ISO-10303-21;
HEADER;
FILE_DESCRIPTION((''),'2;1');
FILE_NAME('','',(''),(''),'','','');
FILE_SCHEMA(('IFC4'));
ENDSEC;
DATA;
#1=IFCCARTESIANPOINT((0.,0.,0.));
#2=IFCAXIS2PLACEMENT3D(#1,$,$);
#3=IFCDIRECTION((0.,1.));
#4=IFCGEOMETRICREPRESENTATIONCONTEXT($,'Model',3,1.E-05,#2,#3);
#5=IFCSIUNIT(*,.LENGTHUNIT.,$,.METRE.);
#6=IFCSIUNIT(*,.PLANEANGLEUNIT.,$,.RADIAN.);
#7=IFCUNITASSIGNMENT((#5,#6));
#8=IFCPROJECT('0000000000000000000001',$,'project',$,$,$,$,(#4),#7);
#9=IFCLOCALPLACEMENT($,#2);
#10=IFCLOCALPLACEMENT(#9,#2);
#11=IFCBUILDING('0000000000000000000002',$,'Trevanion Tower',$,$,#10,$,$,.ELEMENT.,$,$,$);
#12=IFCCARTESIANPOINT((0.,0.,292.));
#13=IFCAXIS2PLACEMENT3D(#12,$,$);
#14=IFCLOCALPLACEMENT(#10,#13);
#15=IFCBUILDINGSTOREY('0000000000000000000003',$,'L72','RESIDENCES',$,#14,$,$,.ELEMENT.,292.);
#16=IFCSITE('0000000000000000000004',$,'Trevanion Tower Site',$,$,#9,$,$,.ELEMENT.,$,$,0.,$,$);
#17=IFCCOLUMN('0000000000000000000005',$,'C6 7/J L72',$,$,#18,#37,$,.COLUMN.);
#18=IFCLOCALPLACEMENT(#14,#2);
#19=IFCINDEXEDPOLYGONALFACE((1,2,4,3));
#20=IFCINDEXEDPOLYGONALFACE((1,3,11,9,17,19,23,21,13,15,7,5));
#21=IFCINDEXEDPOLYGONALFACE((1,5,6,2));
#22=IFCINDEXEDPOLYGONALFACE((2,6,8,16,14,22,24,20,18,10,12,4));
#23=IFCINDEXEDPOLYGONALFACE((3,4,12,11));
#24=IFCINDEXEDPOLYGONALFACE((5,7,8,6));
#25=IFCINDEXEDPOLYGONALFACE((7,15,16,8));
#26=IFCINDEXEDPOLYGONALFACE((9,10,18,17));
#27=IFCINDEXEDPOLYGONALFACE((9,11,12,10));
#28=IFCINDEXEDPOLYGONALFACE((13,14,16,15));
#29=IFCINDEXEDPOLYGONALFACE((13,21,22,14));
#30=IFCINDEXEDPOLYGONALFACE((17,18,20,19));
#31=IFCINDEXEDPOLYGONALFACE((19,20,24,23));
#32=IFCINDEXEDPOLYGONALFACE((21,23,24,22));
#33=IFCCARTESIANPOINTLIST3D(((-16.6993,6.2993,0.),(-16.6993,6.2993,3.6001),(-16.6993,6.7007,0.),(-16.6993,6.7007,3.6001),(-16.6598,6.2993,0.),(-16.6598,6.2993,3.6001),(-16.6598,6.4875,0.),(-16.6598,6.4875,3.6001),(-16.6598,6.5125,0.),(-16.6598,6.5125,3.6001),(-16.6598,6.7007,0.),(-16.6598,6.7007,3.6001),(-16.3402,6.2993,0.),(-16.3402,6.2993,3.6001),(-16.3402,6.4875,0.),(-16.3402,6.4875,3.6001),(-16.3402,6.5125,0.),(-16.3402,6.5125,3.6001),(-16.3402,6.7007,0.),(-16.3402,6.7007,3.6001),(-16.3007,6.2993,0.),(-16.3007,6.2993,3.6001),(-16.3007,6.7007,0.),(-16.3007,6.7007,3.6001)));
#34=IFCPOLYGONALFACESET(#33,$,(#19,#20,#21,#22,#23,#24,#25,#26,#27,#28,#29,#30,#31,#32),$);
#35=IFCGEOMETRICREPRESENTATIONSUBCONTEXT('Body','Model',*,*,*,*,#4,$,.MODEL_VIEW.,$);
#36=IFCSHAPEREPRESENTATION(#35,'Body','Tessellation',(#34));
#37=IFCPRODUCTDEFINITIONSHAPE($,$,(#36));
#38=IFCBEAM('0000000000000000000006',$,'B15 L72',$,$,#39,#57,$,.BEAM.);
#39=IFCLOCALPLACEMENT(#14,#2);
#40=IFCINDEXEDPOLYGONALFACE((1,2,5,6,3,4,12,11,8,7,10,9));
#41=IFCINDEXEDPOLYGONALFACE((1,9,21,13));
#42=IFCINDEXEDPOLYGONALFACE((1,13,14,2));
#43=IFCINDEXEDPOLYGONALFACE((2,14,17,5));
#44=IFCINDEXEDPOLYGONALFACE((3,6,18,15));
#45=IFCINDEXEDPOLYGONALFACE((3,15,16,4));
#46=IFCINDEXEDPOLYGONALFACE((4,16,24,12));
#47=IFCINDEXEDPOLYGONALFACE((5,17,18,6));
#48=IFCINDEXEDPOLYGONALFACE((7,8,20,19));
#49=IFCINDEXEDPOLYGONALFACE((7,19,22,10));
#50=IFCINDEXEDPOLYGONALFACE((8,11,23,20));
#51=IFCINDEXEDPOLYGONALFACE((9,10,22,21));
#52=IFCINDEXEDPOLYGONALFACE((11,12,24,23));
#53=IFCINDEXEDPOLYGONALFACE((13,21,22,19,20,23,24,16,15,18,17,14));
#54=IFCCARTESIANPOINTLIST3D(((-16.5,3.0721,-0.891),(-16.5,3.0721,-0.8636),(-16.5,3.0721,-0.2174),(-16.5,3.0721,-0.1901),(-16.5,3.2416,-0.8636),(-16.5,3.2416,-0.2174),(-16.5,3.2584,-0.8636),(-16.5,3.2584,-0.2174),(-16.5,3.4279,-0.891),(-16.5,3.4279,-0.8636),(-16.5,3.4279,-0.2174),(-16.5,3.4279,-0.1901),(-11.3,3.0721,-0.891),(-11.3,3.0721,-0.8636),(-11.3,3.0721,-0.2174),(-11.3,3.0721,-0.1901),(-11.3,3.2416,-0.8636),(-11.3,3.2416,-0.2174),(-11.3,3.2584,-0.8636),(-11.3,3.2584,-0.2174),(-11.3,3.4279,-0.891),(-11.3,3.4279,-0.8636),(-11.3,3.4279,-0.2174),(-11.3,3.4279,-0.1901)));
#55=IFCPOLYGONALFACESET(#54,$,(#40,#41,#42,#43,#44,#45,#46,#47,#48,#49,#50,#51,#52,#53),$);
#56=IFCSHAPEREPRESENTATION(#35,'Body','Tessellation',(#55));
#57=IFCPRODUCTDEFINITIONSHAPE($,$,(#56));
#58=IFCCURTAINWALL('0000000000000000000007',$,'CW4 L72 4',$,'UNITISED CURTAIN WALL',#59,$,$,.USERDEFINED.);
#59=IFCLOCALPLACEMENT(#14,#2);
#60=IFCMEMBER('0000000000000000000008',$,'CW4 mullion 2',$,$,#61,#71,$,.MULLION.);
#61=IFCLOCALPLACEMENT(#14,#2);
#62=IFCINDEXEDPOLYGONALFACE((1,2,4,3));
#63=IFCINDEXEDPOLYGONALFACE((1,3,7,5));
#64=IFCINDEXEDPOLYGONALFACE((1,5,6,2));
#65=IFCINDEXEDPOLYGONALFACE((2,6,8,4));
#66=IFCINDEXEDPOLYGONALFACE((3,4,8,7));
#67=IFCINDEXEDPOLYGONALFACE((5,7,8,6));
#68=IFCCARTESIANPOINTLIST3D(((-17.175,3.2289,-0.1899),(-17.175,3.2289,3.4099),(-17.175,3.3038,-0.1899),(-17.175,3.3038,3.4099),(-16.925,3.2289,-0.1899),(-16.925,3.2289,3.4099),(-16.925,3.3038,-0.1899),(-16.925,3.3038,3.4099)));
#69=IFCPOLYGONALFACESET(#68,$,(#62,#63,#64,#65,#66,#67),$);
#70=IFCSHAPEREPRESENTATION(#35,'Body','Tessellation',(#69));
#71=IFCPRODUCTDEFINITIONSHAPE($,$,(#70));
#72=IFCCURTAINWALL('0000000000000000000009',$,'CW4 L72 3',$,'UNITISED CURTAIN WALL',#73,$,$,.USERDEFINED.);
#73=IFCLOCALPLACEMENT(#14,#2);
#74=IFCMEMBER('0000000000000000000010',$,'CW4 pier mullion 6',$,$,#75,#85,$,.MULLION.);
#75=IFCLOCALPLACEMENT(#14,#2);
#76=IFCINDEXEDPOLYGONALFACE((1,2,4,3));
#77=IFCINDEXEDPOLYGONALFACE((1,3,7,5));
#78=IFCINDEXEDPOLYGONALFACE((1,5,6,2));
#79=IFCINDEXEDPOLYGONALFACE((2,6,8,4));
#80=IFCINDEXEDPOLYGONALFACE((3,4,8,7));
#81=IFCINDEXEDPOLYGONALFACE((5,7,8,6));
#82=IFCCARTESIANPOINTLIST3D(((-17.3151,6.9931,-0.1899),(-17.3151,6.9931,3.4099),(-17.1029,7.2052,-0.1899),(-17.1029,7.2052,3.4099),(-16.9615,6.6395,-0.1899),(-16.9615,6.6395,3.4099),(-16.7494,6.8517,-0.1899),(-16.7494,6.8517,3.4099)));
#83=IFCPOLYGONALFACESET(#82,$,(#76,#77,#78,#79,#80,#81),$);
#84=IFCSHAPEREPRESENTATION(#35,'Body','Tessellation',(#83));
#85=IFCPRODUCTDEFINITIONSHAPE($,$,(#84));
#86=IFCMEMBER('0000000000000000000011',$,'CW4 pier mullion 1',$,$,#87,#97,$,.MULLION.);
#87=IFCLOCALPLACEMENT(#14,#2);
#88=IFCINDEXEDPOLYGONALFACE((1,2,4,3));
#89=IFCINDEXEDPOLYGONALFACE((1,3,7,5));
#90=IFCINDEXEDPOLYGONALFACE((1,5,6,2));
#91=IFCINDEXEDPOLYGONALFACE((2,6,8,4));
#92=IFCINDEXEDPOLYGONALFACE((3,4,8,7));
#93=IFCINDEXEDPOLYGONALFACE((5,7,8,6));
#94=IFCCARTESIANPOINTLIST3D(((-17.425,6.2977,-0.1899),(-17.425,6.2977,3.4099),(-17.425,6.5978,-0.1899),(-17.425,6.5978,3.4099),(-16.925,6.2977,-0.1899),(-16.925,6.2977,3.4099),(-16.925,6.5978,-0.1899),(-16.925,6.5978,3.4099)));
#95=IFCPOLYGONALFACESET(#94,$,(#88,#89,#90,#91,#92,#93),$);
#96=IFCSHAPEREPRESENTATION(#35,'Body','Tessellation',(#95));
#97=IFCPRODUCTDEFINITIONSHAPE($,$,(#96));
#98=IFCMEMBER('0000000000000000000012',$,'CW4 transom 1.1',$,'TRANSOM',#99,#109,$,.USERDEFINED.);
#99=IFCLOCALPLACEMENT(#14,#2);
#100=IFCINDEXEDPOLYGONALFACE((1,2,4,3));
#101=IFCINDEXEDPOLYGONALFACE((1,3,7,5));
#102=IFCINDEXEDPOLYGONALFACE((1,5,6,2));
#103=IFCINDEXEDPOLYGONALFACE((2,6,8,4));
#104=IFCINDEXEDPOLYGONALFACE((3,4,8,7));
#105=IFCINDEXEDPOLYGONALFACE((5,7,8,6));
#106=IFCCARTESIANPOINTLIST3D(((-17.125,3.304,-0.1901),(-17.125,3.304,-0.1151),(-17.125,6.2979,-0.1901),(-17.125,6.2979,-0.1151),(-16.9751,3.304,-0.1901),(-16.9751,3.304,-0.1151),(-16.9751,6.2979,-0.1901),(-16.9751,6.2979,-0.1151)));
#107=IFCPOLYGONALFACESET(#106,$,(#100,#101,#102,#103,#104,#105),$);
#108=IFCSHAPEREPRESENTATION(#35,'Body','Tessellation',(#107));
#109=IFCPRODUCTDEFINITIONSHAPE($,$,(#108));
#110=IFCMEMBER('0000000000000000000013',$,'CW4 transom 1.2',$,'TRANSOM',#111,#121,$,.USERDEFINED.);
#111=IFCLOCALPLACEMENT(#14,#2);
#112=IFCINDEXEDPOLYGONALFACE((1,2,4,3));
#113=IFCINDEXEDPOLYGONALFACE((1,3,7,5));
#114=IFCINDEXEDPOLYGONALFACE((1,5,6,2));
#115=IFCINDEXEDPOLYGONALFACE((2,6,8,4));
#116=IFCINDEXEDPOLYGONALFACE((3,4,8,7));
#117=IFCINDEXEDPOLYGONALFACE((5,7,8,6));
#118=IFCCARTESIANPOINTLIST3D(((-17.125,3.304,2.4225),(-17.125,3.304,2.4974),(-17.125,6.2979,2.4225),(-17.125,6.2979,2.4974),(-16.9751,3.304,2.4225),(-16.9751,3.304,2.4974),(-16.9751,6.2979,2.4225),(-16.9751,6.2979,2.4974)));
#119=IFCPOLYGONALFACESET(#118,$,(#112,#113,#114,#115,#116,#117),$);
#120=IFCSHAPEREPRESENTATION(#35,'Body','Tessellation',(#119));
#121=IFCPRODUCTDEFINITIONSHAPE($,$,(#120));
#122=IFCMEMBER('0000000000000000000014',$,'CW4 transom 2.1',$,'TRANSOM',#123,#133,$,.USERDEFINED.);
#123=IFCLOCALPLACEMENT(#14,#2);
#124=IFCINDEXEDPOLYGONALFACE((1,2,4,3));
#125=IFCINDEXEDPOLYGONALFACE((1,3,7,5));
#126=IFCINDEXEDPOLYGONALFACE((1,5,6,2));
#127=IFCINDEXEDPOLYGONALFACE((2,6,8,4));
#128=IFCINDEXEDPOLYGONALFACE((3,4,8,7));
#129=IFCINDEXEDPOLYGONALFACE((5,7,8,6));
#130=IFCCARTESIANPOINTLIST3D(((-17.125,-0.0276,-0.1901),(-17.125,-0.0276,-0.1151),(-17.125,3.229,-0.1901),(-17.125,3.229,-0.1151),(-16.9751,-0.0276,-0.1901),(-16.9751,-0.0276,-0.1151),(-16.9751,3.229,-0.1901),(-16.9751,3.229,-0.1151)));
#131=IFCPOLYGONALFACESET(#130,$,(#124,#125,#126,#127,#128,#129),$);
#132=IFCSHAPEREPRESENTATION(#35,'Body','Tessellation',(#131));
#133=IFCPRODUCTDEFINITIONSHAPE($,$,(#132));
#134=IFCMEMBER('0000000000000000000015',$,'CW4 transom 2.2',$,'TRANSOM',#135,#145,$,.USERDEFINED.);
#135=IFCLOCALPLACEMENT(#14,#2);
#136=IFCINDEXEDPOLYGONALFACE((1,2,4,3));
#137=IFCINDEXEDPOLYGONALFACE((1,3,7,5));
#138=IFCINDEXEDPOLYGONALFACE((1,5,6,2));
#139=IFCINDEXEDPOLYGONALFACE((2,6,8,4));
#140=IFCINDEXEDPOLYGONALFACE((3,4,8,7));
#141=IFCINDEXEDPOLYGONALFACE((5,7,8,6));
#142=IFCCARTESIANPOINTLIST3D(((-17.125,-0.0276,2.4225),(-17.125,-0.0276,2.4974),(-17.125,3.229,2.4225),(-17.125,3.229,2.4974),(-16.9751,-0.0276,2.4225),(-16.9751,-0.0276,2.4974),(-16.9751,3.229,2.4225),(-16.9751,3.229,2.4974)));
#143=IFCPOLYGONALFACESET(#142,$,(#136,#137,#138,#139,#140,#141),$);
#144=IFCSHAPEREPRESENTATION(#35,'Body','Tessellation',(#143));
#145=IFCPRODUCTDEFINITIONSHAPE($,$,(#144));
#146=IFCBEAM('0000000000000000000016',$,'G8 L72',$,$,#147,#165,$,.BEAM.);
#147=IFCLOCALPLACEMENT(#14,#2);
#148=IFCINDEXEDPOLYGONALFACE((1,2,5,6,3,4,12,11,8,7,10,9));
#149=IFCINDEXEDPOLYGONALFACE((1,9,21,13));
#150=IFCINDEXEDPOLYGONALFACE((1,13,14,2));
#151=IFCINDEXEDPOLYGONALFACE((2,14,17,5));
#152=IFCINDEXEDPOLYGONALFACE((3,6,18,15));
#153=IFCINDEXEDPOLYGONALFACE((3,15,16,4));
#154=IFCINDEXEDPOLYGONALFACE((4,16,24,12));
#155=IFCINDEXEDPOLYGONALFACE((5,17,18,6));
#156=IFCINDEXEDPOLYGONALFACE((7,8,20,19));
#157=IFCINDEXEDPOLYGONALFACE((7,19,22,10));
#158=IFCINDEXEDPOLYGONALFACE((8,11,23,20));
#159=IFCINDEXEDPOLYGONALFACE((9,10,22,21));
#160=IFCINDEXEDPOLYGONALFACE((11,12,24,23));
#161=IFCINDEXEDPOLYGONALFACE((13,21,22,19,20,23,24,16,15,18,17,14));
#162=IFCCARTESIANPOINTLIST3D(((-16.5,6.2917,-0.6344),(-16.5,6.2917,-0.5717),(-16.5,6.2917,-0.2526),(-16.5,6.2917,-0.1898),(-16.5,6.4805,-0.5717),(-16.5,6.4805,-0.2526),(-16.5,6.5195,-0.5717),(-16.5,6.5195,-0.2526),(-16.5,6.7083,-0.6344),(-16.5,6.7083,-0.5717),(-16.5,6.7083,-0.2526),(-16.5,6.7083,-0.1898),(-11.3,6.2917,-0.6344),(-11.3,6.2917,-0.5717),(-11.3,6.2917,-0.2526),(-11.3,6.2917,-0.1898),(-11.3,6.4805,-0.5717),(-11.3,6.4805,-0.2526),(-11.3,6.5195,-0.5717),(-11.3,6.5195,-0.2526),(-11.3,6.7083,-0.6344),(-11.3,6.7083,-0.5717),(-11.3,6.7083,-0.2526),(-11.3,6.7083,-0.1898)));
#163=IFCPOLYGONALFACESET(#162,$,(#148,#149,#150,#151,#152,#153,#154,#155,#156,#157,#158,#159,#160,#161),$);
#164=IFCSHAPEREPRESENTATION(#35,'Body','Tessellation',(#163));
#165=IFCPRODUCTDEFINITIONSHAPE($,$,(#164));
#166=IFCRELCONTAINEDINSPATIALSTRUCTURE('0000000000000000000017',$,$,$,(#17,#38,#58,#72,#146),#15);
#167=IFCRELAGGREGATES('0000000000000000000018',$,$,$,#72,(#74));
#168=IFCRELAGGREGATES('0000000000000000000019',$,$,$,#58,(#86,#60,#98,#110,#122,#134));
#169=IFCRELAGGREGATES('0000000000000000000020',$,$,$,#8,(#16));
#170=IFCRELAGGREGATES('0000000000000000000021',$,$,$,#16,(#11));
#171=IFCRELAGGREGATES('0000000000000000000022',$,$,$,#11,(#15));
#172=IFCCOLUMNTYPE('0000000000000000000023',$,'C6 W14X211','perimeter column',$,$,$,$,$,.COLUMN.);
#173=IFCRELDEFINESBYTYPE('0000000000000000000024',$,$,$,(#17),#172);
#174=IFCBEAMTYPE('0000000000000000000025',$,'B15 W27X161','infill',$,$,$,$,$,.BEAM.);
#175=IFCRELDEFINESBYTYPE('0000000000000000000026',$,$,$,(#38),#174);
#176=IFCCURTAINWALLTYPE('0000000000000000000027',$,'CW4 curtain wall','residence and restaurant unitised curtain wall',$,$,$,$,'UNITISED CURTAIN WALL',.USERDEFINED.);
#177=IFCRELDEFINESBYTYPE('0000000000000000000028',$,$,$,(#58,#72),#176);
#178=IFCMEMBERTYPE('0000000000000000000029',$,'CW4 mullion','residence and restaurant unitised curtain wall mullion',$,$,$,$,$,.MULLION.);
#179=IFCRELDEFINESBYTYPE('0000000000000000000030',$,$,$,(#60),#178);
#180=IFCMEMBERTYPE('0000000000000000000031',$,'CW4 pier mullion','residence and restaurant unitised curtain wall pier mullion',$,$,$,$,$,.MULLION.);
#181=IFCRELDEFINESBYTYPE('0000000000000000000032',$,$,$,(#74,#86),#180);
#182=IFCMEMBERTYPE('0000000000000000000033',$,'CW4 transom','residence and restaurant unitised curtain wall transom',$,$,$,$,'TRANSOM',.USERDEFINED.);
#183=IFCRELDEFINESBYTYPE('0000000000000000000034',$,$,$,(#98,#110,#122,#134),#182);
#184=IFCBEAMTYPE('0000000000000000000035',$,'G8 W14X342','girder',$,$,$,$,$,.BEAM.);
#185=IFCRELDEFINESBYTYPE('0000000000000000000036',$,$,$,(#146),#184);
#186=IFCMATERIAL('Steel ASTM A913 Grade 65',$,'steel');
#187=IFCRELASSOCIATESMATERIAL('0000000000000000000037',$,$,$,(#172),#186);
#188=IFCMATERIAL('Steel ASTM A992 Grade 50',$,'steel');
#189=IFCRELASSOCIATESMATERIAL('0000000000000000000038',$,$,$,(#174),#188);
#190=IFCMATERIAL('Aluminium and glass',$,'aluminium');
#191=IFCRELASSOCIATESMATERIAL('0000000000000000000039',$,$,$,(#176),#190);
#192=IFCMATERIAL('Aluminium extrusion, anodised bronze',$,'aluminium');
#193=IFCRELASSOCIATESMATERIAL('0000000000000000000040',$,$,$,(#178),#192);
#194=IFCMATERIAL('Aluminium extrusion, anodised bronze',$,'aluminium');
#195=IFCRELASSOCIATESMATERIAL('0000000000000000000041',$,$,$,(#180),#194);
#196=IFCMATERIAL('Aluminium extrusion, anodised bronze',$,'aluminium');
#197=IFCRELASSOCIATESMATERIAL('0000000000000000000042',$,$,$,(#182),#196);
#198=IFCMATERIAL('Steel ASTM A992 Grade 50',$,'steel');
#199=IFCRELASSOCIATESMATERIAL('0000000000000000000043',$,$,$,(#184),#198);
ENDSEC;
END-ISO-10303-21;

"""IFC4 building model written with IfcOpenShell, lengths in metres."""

from ifc_helpers import new_model, si_unit, direction, frame, origin, origin_2d, place, context, subcontext, project, spatial, rectangle, i_section, extrude, material, material_profile, profile_set, type_object, element, aggregate, save


model = new_model("IFC4")

# Units and contexts
model_context = context("Model", 3, precision=1e-05, world=origin(), true_north=direction((0.0, 1.0)))
body_context = subcontext(model_context, "Body", "Model", "MODEL_VIEW")
ifc_project = project(units=[si_unit("LENGTHUNIT", "METRE"), si_unit("PLANEANGLEUNIT", "RADIAN")], contexts=[model_context])

# Site, building, storey
site_placement = place(None, origin())
site = spatial("IfcSite", under=ifc_project, at=site_placement, Name="Trevanion Tower Site", CompositionType="ELEMENT", RefElevation=0.0)
building_placement = place(site_placement, origin())
building = spatial("IfcBuilding", under=site, at=building_placement, Name="Trevanion Tower", CompositionType="ELEMENT")
storey_placement = place(building_placement, frame((0.0, 0.0, 292.0)))
storey = spatial("IfcBuildingStorey", under=building, at=storey_placement, Name="L72", Description="RESIDENCES", CompositionType="ELEMENT", Elevation=292.0)

# Column
ifc_material_1 = material(Name="Steel ASTM A913 Grade 65", Category="steel")
ifc_material_profile_1 = material_profile(ifc_material_1, i_section(OverallWidth=0.4014, OverallDepth=0.3987, WebThickness=0.0249, FlangeThickness=0.0396, at=origin_2d()), Name="W14X211")
ifc_profile_set_1 = profile_set([ifc_material_profile_1], Name="Steel ASTM A913 Grade 65")
column_type = type_object("IfcColumnType", Name="C6 W14X211", Description="perimeter column", PredefinedType="COLUMN", material=ifc_profile_set_1)
column_placement = place(storey_placement, frame((-16.5, 6.5, 0.0), z_axis=(0.0, 0.0, 1.0), x_axis=(0.0, 1.0, 0.0)))
element("IfcColumn", 1, at=column_placement, inside=storey, type_object=column_type, Name="C6 7/J L72", PredefinedType="COLUMN", context=body_context, shape_type="SweptSolid", body=[
    extrude(i_section(OverallWidth=0.4014, OverallDepth=0.3987, WebThickness=0.0249, FlangeThickness=0.0396, at=origin_2d()), origin(), (0.0, 0.0, 1.0), 3.6001),
])

# Beam
ifc_material_2 = material(Name="Steel ASTM A992 Grade 50", Category="steel")
ifc_material_profile_2 = material_profile(ifc_material_2, i_section(OverallWidth=0.3557, OverallDepth=0.7009, WebThickness=0.0168, FlangeThickness=0.0273, at=origin_2d()), Name="W27X161")
ifc_profile_set_2 = profile_set([ifc_material_profile_2], Name="Steel ASTM A992 Grade 50")
beam_type_1 = type_object("IfcBeamType", Name="B15 W27X161", Description="infill", PredefinedType="BEAM", material=ifc_profile_set_2)
beam_1_placement = place(storey_placement, frame((-11.3, 3.25, -0.5405), z_axis=(-1.0, 0.0, 0.0), x_axis=(0.0, -1.0, 0.0)))
element("IfcBeam", 2, at=beam_1_placement, inside=storey, type_object=beam_type_1, Name="B15 L72", PredefinedType="BEAM", context=body_context, shape_type="SweptSolid", body=[
    extrude(i_section(OverallWidth=0.3557, OverallDepth=0.7009, WebThickness=0.0168, FlangeThickness=0.0273, at=origin_2d()), origin(), (0.0, 0.0, 1.0), 5.2),
])

# Curtain walls, members
ifc_material_3 = material(Name="Aluminium and glass", Category="aluminium")
curtain_wall_type = type_object("IfcCurtainWallType", Name="CW4 curtain wall", Description="residence and restaurant unitised curtain wall", ElementType="UNITISED CURTAIN WALL", PredefinedType="USERDEFINED", material=ifc_material_3)
curtain_wall_1_placement = place(storey_placement, origin())
curtain_wall_1 = element("IfcCurtainWall", 3, at=curtain_wall_1_placement, inside=storey, type_object=curtain_wall_type, Name="CW4 L72 4", ObjectType="UNITISED CURTAIN WALL", PredefinedType="USERDEFINED")
ifc_material_4 = material(Name="Aluminium extrusion, anodised bronze", Category="aluminium")
ifc_material_profile_3 = material_profile(ifc_material_4, rectangle(XDim=0.075, YDim=0.25, at=origin_2d()), Name="CW4 mullion")
ifc_profile_set_3 = profile_set([ifc_material_profile_3], Name="Aluminium extrusion, anodised bronze")
member_type_1 = type_object("IfcMemberType", Name="CW4 mullion", Description="residence and restaurant unitised curtain wall mullion", PredefinedType="MULLION", material=ifc_profile_set_3)
member_1_placement = place(storey_placement, frame((-17.05, 3.2664, -0.1899), z_axis=(0.0, 0.0, 1.0), x_axis=(0.0, -1.0, 0.0)))
member_1 = element("IfcMember", 4, at=member_1_placement, type_object=member_type_1, Name="CW4 mullion 2", PredefinedType="MULLION", context=body_context, shape_type="SweptSolid", body=[
    extrude(rectangle(XDim=0.075, YDim=0.25, at=origin_2d()), origin(), (0.0, 0.0, 1.0), 3.5999),
])
curtain_wall_2_placement = place(storey_placement, origin())
curtain_wall_2 = element("IfcCurtainWall", 5, at=curtain_wall_2_placement, inside=storey, type_object=curtain_wall_type, Name="CW4 L72 3", ObjectType="UNITISED CURTAIN WALL", PredefinedType="USERDEFINED")
ifc_material_5 = material(Name="Aluminium extrusion, anodised bronze", Category="aluminium")
ifc_material_profile_4 = material_profile(ifc_material_5, rectangle(XDim=0.3, YDim=0.5, at=origin_2d()), Name="CW4 pier mullion")
ifc_profile_set_4 = profile_set([ifc_material_profile_4], Name="Aluminium extrusion, anodised bronze")
member_type_2 = type_object("IfcMemberType", Name="CW4 pier mullion", Description="residence and restaurant unitised curtain wall pier mullion", PredefinedType="MULLION", material=ifc_profile_set_4)
member_2_placement = place(storey_placement, frame((-17.0322, 6.9224, -0.1899), z_axis=(0.0, 0.0, 1.0), x_axis=(-0.707107, -0.707107, 0.0)))
member_2 = element("IfcMember", 6, at=member_2_placement, type_object=member_type_2, Name="CW4 pier mullion 6", PredefinedType="MULLION", context=body_context, shape_type="SweptSolid", body=[
    extrude(rectangle(XDim=0.3, YDim=0.5, at=origin_2d()), origin(), (0.0, 0.0, 1.0), 3.5999),
])

# Members
member_3_placement = place(storey_placement, frame((-17.175, 6.4478, -0.1899), z_axis=(0.0, 0.0, 1.0), x_axis=(0.0, -1.0, 0.0)))
member_3 = element("IfcMember", 7, at=member_3_placement, type_object=member_type_2, Name="CW4 pier mullion 1", PredefinedType="MULLION", context=body_context, shape_type="SweptSolid", body=[
    extrude(rectangle(XDim=0.3, YDim=0.5, at=origin_2d()), origin(), (0.0, 0.0, 1.0), 3.5999),
])
ifc_material_6 = material(Name="Aluminium extrusion, anodised bronze", Category="aluminium")
ifc_material_profile_5 = material_profile(ifc_material_6, rectangle(XDim=0.1499, YDim=0.075, at=origin_2d()), Name="CW4 transom")
ifc_profile_set_5 = profile_set([ifc_material_profile_5], Name="Aluminium extrusion, anodised bronze")
member_type_3 = type_object("IfcMemberType", Name="CW4 transom", Description="residence and restaurant unitised curtain wall transom", ElementType="TRANSOM", PredefinedType="USERDEFINED", material=ifc_profile_set_5)
member_4_placement = place(storey_placement, frame((-17.05, 6.2979, -0.1526), z_axis=(0.0, -1.0, 0.0), x_axis=(1.0, 0.0, 0.0)))
member_4 = element("IfcMember", 8, at=member_4_placement, type_object=member_type_3, Name="CW4 transom 1.1", ObjectType="TRANSOM", PredefinedType="USERDEFINED", context=body_context, shape_type="SweptSolid", body=[
    extrude(rectangle(XDim=0.1499, YDim=0.075, at=origin_2d()), origin(), (0.0, 0.0, 1.0), 2.9939),
])
member_5_placement = place(storey_placement, frame((-17.05, 6.2979, 2.46), z_axis=(0.0, -1.0, 0.0), x_axis=(1.0, 0.0, 0.0)))
member_5 = element("IfcMember", 9, at=member_5_placement, type_object=member_type_3, Name="CW4 transom 1.2", ObjectType="TRANSOM", PredefinedType="USERDEFINED", context=body_context, shape_type="SweptSolid", body=[
    extrude(rectangle(XDim=0.1499, YDim=0.075, at=origin_2d()), origin(), (0.0, 0.0, 1.0), 2.9939),
])
member_6_placement = place(storey_placement, frame((-17.05, 3.229, -0.1526), z_axis=(0.0, -1.0, 0.0), x_axis=(1.0, 0.0, 0.0)))
member_6 = element("IfcMember", 10, at=member_6_placement, type_object=member_type_3, Name="CW4 transom 2.1", ObjectType="TRANSOM", PredefinedType="USERDEFINED", context=body_context, shape_type="SweptSolid", body=[
    extrude(rectangle(XDim=0.1499, YDim=0.075, at=origin_2d()), origin(), (0.0, 0.0, 1.0), 3.2566),
])
member_7_placement = place(storey_placement, frame((-17.05, 3.229, 2.46), z_axis=(0.0, -1.0, 0.0), x_axis=(1.0, 0.0, 0.0)))
member_7 = element("IfcMember", 11, at=member_7_placement, type_object=member_type_3, Name="CW4 transom 2.2", ObjectType="TRANSOM", PredefinedType="USERDEFINED", context=body_context, shape_type="SweptSolid", body=[
    extrude(rectangle(XDim=0.1499, YDim=0.075, at=origin_2d()), origin(), (0.0, 0.0, 1.0), 3.2566),
])

# Beam
ifc_material_7 = material(Name="Steel ASTM A992 Grade 50", Category="steel")
ifc_material_profile_6 = material_profile(ifc_material_7, i_section(OverallWidth=0.4165, OverallDepth=0.4446, WebThickness=0.0391, FlangeThickness=0.0627, at=origin_2d()), Name="W14X342")
ifc_profile_set_6 = profile_set([ifc_material_profile_6], Name="Steel ASTM A992 Grade 50")
beam_type_2 = type_object("IfcBeamType", Name="G8 W14X342", Description="girder", PredefinedType="BEAM", material=ifc_profile_set_6)
beam_2_placement = place(storey_placement, frame((-11.3, 6.5, -0.4121), z_axis=(-1.0, 0.0, 0.0), x_axis=(0.0, -1.0, 0.0)))
element("IfcBeam", 12, at=beam_2_placement, inside=storey, type_object=beam_type_2, Name="G8 L72", PredefinedType="BEAM", context=body_context, shape_type="SweptSolid", body=[
    extrude(i_section(OverallWidth=0.4165, OverallDepth=0.4446, WebThickness=0.0391, FlangeThickness=0.0627, at=origin_2d()), origin(), (0.0, 0.0, 1.0), 5.2),
])

aggregate(curtain_wall_2, [member_2])
aggregate(curtain_wall_1, [member_3, member_1, member_4, member_5, member_6, member_7])

save(model, "model.ifc")
